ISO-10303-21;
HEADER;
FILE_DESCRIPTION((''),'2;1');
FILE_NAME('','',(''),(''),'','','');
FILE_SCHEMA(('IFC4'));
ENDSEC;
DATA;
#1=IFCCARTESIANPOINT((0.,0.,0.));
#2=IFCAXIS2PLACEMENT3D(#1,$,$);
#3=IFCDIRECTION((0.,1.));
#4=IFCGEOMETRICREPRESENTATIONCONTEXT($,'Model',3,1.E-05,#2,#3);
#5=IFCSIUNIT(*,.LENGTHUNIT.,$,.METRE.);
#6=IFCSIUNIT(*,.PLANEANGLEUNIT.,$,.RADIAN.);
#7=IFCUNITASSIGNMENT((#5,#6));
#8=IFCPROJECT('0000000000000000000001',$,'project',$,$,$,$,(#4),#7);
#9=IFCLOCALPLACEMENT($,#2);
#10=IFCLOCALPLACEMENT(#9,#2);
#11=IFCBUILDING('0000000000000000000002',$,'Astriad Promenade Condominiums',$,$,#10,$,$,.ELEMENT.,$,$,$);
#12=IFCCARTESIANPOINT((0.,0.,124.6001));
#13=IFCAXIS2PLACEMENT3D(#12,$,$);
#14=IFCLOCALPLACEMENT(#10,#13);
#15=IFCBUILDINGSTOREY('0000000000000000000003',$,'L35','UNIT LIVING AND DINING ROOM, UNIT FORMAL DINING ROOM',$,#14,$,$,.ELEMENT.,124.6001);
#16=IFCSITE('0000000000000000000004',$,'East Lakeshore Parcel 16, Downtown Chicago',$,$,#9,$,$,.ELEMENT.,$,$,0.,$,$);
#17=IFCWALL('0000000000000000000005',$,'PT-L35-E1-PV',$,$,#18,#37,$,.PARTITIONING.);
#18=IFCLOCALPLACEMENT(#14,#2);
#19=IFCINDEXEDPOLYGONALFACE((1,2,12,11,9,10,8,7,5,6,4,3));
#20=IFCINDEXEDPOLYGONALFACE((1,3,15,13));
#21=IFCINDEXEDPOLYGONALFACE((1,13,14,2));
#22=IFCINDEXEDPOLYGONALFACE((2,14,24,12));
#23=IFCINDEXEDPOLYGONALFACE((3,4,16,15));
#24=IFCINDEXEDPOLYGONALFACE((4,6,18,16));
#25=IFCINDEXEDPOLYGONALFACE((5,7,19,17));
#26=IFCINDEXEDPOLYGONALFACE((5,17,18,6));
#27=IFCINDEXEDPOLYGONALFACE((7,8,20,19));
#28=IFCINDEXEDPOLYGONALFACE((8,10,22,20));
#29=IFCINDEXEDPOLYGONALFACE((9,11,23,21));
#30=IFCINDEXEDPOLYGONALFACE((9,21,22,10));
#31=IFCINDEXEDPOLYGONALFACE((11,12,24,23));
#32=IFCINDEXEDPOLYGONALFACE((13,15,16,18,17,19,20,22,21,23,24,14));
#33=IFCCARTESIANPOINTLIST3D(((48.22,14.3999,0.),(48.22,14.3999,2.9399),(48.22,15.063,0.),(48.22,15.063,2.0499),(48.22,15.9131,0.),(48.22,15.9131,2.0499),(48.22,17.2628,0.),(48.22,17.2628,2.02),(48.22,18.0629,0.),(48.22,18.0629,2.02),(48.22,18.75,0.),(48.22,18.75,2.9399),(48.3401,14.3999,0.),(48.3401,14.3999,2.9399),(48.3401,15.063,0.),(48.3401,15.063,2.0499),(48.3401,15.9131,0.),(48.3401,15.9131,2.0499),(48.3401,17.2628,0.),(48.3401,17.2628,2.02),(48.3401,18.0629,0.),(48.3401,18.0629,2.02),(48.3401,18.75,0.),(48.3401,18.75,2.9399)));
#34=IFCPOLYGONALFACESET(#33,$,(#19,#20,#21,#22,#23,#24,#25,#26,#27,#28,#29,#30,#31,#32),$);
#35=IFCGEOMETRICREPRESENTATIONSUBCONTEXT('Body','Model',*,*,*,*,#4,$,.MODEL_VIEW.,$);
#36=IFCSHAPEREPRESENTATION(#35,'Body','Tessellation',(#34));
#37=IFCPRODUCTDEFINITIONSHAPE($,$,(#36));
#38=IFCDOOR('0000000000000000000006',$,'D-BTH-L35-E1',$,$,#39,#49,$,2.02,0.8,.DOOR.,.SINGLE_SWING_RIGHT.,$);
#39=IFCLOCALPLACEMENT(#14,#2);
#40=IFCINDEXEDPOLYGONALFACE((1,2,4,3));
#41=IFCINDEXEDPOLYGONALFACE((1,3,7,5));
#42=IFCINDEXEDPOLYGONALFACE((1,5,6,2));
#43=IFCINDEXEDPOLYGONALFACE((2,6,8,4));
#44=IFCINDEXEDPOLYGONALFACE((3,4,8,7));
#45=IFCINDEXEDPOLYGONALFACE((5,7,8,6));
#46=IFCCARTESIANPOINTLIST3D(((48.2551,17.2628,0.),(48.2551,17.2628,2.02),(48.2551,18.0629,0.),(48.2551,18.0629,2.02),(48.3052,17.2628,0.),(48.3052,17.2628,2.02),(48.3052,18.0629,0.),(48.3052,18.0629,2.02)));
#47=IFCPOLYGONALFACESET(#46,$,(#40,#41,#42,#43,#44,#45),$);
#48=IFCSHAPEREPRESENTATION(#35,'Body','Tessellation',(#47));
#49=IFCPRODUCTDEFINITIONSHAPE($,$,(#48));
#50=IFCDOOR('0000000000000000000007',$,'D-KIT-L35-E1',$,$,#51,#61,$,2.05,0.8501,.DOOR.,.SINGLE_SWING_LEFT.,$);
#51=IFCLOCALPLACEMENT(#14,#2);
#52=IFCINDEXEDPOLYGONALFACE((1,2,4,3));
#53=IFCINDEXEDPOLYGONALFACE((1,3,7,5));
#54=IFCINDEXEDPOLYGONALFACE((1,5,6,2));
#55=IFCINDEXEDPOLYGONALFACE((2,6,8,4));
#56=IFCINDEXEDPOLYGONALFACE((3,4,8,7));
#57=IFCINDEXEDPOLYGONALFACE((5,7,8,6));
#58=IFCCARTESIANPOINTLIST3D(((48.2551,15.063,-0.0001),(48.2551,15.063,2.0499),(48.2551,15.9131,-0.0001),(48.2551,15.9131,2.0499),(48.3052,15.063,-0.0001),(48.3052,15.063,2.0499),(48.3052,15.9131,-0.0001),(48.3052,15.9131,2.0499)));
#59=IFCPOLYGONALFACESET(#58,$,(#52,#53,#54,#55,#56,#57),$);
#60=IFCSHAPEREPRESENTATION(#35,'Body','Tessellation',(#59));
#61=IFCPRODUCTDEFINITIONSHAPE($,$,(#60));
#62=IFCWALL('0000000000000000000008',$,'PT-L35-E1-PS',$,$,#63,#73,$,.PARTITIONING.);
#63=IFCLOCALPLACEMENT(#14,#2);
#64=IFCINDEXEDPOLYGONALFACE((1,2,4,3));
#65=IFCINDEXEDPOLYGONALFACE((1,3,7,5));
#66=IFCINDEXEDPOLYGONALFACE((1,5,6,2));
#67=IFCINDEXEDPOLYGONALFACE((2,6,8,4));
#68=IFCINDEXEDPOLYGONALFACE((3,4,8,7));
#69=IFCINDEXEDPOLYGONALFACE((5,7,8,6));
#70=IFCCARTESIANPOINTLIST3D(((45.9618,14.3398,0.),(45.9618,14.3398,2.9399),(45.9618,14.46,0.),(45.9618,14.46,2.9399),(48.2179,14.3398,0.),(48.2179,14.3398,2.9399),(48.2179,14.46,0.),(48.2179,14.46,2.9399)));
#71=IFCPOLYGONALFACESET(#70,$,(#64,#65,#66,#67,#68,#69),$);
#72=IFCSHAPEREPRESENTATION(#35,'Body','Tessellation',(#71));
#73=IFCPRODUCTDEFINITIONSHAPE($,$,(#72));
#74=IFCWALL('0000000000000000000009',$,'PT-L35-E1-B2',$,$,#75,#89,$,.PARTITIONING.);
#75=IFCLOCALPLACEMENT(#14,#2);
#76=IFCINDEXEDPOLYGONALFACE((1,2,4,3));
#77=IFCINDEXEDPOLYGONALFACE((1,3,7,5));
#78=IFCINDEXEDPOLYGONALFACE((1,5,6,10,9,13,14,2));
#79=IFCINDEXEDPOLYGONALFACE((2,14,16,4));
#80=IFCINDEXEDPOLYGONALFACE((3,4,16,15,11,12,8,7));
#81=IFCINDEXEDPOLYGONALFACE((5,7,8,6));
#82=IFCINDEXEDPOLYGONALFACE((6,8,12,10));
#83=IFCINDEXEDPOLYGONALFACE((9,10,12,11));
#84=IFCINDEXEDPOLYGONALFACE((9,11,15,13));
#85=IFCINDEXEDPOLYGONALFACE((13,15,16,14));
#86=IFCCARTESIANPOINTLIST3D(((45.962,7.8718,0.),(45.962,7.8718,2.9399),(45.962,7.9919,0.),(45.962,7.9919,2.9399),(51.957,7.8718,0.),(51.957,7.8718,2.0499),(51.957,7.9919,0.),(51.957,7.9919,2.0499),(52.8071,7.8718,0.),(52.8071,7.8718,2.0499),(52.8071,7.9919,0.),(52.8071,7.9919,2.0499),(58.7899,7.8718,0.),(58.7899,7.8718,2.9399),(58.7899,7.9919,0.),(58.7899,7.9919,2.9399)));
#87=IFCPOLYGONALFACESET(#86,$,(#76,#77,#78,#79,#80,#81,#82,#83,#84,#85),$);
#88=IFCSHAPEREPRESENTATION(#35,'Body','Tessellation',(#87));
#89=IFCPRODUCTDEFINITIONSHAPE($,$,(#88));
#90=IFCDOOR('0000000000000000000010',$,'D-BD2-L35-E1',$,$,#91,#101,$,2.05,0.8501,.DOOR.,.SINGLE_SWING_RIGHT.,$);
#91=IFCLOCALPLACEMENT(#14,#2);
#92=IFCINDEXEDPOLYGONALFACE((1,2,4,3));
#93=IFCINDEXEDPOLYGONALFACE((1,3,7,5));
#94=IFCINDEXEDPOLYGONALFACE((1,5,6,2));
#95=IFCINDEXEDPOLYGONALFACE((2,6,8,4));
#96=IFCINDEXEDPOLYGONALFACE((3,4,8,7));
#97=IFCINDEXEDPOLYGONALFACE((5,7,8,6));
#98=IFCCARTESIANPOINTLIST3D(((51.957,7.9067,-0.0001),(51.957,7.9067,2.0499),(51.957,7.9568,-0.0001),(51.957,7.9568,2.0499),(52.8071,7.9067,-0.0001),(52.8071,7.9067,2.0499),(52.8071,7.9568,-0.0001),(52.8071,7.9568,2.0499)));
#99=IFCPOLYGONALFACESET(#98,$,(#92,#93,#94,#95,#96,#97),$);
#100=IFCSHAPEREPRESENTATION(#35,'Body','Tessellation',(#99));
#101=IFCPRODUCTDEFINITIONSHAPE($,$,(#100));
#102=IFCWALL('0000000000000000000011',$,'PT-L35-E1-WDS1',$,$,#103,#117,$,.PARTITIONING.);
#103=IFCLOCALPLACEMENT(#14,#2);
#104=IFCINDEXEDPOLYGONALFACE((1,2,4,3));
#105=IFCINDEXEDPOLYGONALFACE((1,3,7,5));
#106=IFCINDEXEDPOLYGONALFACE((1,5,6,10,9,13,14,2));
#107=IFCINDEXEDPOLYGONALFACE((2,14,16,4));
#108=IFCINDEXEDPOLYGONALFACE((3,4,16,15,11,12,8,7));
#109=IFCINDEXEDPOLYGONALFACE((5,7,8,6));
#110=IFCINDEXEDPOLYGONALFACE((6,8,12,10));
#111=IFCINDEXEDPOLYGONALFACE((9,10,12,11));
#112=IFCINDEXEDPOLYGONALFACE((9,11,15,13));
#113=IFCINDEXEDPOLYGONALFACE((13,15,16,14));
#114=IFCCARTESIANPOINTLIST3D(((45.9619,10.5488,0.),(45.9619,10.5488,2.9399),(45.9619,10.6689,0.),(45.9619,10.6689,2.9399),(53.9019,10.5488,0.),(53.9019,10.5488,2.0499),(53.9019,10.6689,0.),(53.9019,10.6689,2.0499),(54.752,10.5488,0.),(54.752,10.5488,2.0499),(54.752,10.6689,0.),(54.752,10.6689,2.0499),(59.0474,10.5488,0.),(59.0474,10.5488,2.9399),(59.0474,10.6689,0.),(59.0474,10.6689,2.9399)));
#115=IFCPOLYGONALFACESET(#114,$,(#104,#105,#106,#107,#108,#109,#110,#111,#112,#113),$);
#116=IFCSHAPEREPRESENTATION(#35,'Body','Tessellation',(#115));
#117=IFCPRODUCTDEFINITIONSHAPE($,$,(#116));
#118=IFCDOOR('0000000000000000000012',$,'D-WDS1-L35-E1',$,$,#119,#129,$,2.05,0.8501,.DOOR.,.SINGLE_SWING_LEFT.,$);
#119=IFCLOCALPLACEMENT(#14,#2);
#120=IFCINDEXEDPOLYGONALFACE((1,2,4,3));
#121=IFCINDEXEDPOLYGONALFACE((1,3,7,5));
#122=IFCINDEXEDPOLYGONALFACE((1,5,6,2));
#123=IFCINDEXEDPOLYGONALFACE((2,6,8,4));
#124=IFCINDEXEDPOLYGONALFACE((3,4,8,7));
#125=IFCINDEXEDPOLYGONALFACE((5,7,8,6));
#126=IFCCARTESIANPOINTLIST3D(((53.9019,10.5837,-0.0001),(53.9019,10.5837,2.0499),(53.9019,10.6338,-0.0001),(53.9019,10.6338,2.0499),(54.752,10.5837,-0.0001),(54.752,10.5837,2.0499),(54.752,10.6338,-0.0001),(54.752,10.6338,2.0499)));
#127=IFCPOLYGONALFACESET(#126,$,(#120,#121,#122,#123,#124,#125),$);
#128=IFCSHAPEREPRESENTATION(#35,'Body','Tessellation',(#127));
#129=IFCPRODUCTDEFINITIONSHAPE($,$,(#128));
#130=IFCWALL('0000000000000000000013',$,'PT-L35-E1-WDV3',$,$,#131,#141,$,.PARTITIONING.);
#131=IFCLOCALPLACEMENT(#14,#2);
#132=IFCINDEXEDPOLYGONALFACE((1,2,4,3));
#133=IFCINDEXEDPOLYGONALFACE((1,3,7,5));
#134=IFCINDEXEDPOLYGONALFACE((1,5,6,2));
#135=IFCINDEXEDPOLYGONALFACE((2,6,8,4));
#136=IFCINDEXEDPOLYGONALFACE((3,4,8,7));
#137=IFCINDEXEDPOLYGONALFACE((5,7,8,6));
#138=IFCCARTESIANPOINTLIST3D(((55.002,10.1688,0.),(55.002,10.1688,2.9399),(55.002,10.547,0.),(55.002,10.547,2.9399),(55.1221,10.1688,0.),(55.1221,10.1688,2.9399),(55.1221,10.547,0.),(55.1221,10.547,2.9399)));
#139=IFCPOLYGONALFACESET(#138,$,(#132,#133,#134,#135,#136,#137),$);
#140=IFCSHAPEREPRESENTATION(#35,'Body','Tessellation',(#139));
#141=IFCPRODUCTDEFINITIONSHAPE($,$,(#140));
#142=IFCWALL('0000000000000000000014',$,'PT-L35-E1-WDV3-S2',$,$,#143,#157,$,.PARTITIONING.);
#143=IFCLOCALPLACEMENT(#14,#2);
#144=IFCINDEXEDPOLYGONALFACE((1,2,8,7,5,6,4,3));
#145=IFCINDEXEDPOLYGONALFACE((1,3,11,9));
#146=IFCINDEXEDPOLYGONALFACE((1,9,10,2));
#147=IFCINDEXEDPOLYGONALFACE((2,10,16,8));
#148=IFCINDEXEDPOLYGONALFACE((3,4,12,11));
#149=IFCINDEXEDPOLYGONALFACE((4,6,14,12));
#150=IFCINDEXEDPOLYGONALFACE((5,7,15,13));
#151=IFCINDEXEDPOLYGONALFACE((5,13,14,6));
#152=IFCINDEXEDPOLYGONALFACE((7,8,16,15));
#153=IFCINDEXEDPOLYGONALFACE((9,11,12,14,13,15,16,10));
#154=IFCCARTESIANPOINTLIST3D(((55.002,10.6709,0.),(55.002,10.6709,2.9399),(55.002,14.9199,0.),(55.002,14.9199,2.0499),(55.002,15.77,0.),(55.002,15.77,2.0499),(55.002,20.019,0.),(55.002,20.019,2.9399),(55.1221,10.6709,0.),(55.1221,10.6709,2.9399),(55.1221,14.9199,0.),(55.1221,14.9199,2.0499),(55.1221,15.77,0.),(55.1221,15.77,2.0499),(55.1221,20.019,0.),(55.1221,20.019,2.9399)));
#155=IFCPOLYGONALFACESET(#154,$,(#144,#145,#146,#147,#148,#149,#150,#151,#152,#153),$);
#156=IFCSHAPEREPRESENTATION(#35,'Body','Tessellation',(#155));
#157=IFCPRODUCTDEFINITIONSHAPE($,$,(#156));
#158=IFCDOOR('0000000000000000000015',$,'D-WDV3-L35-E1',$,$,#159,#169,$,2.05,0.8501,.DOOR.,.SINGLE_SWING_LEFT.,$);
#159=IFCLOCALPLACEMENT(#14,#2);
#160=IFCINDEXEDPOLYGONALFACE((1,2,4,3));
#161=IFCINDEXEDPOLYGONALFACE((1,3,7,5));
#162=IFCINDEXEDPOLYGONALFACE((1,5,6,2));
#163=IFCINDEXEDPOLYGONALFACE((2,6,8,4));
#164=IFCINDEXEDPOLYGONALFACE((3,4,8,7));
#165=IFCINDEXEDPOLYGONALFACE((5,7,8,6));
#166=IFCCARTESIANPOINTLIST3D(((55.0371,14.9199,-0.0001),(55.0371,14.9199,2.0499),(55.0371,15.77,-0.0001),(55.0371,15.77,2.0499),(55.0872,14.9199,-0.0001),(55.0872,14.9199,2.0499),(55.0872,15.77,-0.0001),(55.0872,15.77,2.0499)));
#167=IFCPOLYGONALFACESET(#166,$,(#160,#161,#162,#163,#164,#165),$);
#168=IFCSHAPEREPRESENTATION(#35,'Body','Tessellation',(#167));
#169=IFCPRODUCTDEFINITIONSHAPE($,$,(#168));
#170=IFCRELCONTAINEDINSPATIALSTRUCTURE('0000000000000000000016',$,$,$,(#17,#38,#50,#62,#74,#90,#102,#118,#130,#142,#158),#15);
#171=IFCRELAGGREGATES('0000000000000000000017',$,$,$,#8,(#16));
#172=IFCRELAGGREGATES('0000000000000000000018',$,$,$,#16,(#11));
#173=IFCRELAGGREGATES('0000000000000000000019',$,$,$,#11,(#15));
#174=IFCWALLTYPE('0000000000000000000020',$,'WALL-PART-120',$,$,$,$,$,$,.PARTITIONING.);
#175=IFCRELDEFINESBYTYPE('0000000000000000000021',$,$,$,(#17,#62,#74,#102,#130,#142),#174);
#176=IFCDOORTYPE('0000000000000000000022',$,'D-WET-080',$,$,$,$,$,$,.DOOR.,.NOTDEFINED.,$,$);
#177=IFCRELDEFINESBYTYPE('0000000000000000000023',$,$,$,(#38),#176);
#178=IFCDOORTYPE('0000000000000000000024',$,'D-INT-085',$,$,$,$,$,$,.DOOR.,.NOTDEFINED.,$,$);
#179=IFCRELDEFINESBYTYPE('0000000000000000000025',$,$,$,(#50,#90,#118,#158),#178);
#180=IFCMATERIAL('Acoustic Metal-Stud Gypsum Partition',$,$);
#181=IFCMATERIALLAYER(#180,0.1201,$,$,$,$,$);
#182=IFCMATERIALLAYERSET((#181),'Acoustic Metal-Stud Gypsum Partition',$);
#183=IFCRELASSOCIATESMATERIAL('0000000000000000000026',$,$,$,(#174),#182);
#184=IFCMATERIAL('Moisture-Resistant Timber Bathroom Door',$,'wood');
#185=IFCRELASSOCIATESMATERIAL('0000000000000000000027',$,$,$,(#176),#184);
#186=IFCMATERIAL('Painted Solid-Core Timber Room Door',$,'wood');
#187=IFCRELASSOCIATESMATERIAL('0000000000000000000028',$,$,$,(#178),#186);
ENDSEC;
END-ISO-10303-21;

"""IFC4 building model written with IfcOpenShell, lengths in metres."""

from ifc_helpers import new_model, si_unit, direction, frame, frame_2d, origin, place, context, subcontext, project, spatial, rectangle, extrude, source, transform, mapped, material, layer, layer_set, type_object, type_shapes, element, fill, save


model = new_model("IFC4")

# Units and contexts
model_context = context("Model", 3, precision=1e-05, world=origin(), true_north=direction((0.0, 1.0)))
body_context = subcontext(model_context, "Body", "Model", "MODEL_VIEW")
ifc_project = project(units=[si_unit("LENGTHUNIT", "METRE"), si_unit("PLANEANGLEUNIT", "RADIAN")], contexts=[model_context])

# Site, building, storey
site_placement = place(None, origin())
site = spatial("IfcSite", under=ifc_project, at=site_placement, Name="East Lakeshore Parcel 16, Downtown Chicago", CompositionType="ELEMENT", RefElevation=0.0)
building_placement = place(site_placement, origin())
building = spatial("IfcBuilding", under=site, at=building_placement, Name="Astriad Promenade Condominiums", CompositionType="ELEMENT")
storey_placement = place(building_placement, frame((0.0, 0.0, 124.6001)))
storey = spatial("IfcBuildingStorey", under=building, at=storey_placement, Name="L35", Description="UNIT LIVING AND DINING ROOM, UNIT FORMAL DINING ROOM", CompositionType="ELEMENT", Elevation=124.6001)

# Wall, openings, doors
ifc_material_1 = material(Name="Acoustic Metal-Stud Gypsum Partition")
ifc_layer_1 = layer(ifc_material_1, 0.1201)
ifc_layer_set_1 = layer_set([ifc_layer_1], Name="Acoustic Metal-Stud Gypsum Partition")
wall_type_1 = type_object("IfcWallType", Name="WALL-PART-120", PredefinedType="PARTITIONING", material=ifc_layer_set_1)
wall_1_placement = place(storey_placement, frame((48.28, 14.3999, 0.0), z_axis=(0.0, 0.0, 1.0), x_axis=(0.0, 1.0, 0.0)))
wall_1 = element("IfcWall", 1, at=wall_1_placement, inside=storey, type_object=wall_type_1, Name="PT-L35-E1-PV", PredefinedType="PARTITIONING", context=body_context, shape_type="SweptSolid", body=[
    extrude(rectangle(XDim=4.3501, YDim=0.1201, at=frame_2d((2.175, 0.0))), origin(), (0.0, 0.0, 1.0), 2.9399),
])
opening_1_placement = place(wall_1_placement, frame((0.6631, 0.0, 0.0)))
opening_1 = element("IfcOpeningElement", 2, at=opening_1_placement, cuts=wall_1, PredefinedType="OPENING", context=body_context, shape_type="SweptSolid", body=[
    extrude(rectangle(XDim=0.8501, YDim=2.05, at=frame_2d((0.425, 1.0249))), frame((0.0, 0.0701, 0.0), z_axis=(0.0, -1.0, 0.0), x_axis=(1.0, 0.0, 0.0)), (0.0, 0.0, 1.0), 0.1401),
])
opening_2_placement = place(wall_1_placement, frame((2.863, 0.0, 0.0)))
opening_2 = element("IfcOpeningElement", 3, at=opening_2_placement, cuts=wall_1, PredefinedType="OPENING", context=body_context, shape_type="SweptSolid", body=[
    extrude(rectangle(XDim=0.8, YDim=2.02, at=frame_2d((0.3999, 1.01))), frame((0.0, 0.0701, 0.0), z_axis=(0.0, -1.0, 0.0), x_axis=(1.0, 0.0, 0.0)), (0.0, 0.0, 1.0), 0.1401),
])
ifc_material_2 = material(Name="Moisture-Resistant Timber Bathroom Door", Category="wood")
door_type_1 = type_object("IfcDoorType", Name="D-WET-080", OperationType="NOTDEFINED", PredefinedType="DOOR", material=ifc_material_2)
shared_shape_1 = source(origin(), body_context, "Body", "SweptSolid", [
    extrude(rectangle(XDim=0.8, YDim=2.02, at=frame_2d((0.3999, 1.01))), frame((0.0, 0.0249, 0.0), z_axis=(0.0, -1.0, 0.0), x_axis=(1.0, 0.0, 0.0)), (0.0, 0.0, 1.0), 0.05),
])
type_shapes(door_type_1, [shared_shape_1])
door_1_placement = place(opening_2_placement, origin())
door_1 = element("IfcDoor", 4, at=door_1_placement, inside=storey, type_object=door_type_1, Name="D-BTH-L35-E1", OperationType="SINGLE_SWING_RIGHT", OverallHeight=2.02, OverallWidth=0.8, PredefinedType="DOOR", context=body_context, shape_type="MappedRepresentation", body=[
    mapped(shared_shape_1, transform((0.0, 0.0, 0.0), scale=1.0)),
])
fill(opening_2, door_1)
ifc_material_3 = material(Name="Painted Solid-Core Timber Room Door", Category="wood")
door_type_2 = type_object("IfcDoorType", Name="D-INT-085", OperationType="NOTDEFINED", PredefinedType="DOOR", material=ifc_material_3)
shared_shape_2 = source(origin(), body_context, "Body", "SweptSolid", [
    extrude(rectangle(XDim=0.8501, YDim=2.05, at=frame_2d((0.425, 1.0249))), frame((0.0, 0.0249, 0.0), z_axis=(0.0, -1.0, 0.0), x_axis=(1.0, 0.0, 0.0)), (0.0, 0.0, 1.0), 0.05),
])
type_shapes(door_type_2, [shared_shape_2])
door_2_placement = place(opening_1_placement, origin())
door_2 = element("IfcDoor", 5, at=door_2_placement, inside=storey, type_object=door_type_2, Name="D-KIT-L35-E1", OperationType="SINGLE_SWING_LEFT", OverallHeight=2.05, OverallWidth=0.8501, PredefinedType="DOOR", context=body_context, shape_type="MappedRepresentation", body=[
    mapped(shared_shape_2, transform((0.0, 0.0, 0.0), scale=1.0)),
])
fill(opening_1, door_2)

# Wall
wall_2_placement = place(storey_placement, frame((45.9619, 14.3999, 0.0), z_axis=(0.0, 0.0, 1.0), x_axis=(1.0, 0.0, 0.0)))
element("IfcWall", 6, at=wall_2_placement, inside=storey, type_object=wall_type_1, Name="PT-L35-E1-PS", PredefinedType="PARTITIONING", context=body_context, shape_type="SweptSolid", body=[
    extrude(rectangle(XDim=2.2561, YDim=0.1201, at=frame_2d((1.1279, 0.0))), origin(), (0.0, 0.0, 1.0), 2.9399),
])

# Walls, openings, doors
wall_3_placement = place(storey_placement, frame((45.9619, 7.9319, 0.0), z_axis=(0.0, 0.0, 1.0), x_axis=(1.0, 0.0, 0.0)))
wall_3 = element("IfcWall", 7, at=wall_3_placement, inside=storey, type_object=wall_type_1, Name="PT-L35-E1-B2", PredefinedType="PARTITIONING", context=body_context, shape_type="SweptSolid", body=[
    extrude(rectangle(XDim=12.8279, YDim=0.1201, at=frame_2d((6.4141, 0.0))), origin(), (0.0, 0.0, 1.0), 2.9399),
])
opening_3_placement = place(wall_3_placement, frame((5.9951, 0.0, 0.0)))
opening_3 = element("IfcOpeningElement", 8, at=opening_3_placement, cuts=wall_3, PredefinedType="OPENING", context=body_context, shape_type="SweptSolid", body=[
    extrude(rectangle(XDim=0.8501, YDim=2.05, at=frame_2d((0.425, 1.0249))), frame((0.0, 0.0701, 0.0), z_axis=(0.0, -1.0, 0.0), x_axis=(1.0, 0.0, 0.0)), (0.0, 0.0, 1.0), 0.1401),
])
door_3_placement = place(opening_3_placement, origin())
door_3 = element("IfcDoor", 9, at=door_3_placement, inside=storey, type_object=door_type_2, Name="D-BD2-L35-E1", OperationType="SINGLE_SWING_RIGHT", OverallHeight=2.05, OverallWidth=0.8501, PredefinedType="DOOR", context=body_context, shape_type="MappedRepresentation", body=[
    mapped(shared_shape_2, transform((0.0, 0.0, 0.0), scale=1.0)),
])
fill(opening_3, door_3)
wall_4_placement = place(storey_placement, frame((45.9619, 10.6089, 0.0), z_axis=(0.0, 0.0, 1.0), x_axis=(1.0, 0.0, 0.0)))
wall_4 = element("IfcWall", 10, at=wall_4_placement, inside=storey, type_object=wall_type_1, Name="PT-L35-E1-WDS1", PredefinedType="PARTITIONING", context=body_context, shape_type="SweptSolid", body=[
    extrude(rectangle(XDim=13.0854, YDim=0.1201, at=frame_2d((6.5427, 0.0))), origin(), (0.0, 0.0, 1.0), 2.9399),
])
opening_4_placement = place(wall_4_placement, frame((7.9399, 0.0, 0.0)))
opening_4 = element("IfcOpeningElement", 11, at=opening_4_placement, cuts=wall_4, PredefinedType="OPENING", context=body_context, shape_type="SweptSolid", body=[
    extrude(rectangle(XDim=0.8501, YDim=2.05, at=frame_2d((0.425, 1.0249))), frame((0.0, 0.0701, 0.0), z_axis=(0.0, -1.0, 0.0), x_axis=(1.0, 0.0, 0.0)), (0.0, 0.0, 1.0), 0.1401),
])
door_4_placement = place(opening_4_placement, origin())
door_4 = element("IfcDoor", 12, at=door_4_placement, inside=storey, type_object=door_type_2, Name="D-WDS1-L35-E1", OperationType="SINGLE_SWING_LEFT", OverallHeight=2.05, OverallWidth=0.8501, PredefinedType="DOOR", context=body_context, shape_type="MappedRepresentation", body=[
    mapped(shared_shape_2, transform((0.0, 0.0, 0.0), scale=1.0)),
])
fill(opening_4, door_4)

# Wall
wall_5_placement = place(storey_placement, frame((55.062, 10.1689, 0.0), z_axis=(0.0, 0.0, 1.0), x_axis=(0.0, 1.0, 0.0)))
element("IfcWall", 13, at=wall_5_placement, inside=storey, type_object=wall_type_1, Name="PT-L35-E1-WDV3", PredefinedType="PARTITIONING", context=body_context, shape_type="SweptSolid", body=[
    extrude(rectangle(XDim=0.3782, YDim=0.1201, at=frame_2d((0.189, 0.0))), origin(), (0.0, 0.0, 1.0), 2.9399),
])

# Wall, opening, door
wall_6_placement = place(storey_placement, frame((55.062, 10.6709, 0.0), z_axis=(0.0, 0.0, 1.0), x_axis=(0.0, 1.0, 0.0)))
wall_6 = element("IfcWall", 14, at=wall_6_placement, inside=storey, type_object=wall_type_1, Name="PT-L35-E1-WDV3-S2", PredefinedType="PARTITIONING", context=body_context, shape_type="SweptSolid", body=[
    extrude(rectangle(XDim=9.3481, YDim=0.1201, at=frame_2d((4.6741, 0.0))), origin(), (0.0, 0.0, 1.0), 2.9399),
])
opening_5_placement = place(wall_6_placement, frame((4.249, 0.0, 0.0)))
opening_5 = element("IfcOpeningElement", 15, at=opening_5_placement, cuts=wall_6, PredefinedType="OPENING", context=body_context, shape_type="SweptSolid", body=[
    extrude(rectangle(XDim=0.8501, YDim=2.05, at=frame_2d((0.425, 1.0249))), frame((0.0, 0.0701, 0.0), z_axis=(0.0, -1.0, 0.0), x_axis=(1.0, 0.0, 0.0)), (0.0, 0.0, 1.0), 0.1401),
])
door_5_placement = place(opening_5_placement, origin())
door_5 = element("IfcDoor", 16, at=door_5_placement, inside=storey, type_object=door_type_2, Name="D-WDV3-L35-E1", OperationType="SINGLE_SWING_LEFT", OverallHeight=2.05, OverallWidth=0.8501, PredefinedType="DOOR", context=body_context, shape_type="MappedRepresentation", body=[
    mapped(shared_shape_2, transform((0.0, 0.0, 0.0), scale=1.0)),
])
fill(opening_5, door_5)

save(model, "model.ifc")
